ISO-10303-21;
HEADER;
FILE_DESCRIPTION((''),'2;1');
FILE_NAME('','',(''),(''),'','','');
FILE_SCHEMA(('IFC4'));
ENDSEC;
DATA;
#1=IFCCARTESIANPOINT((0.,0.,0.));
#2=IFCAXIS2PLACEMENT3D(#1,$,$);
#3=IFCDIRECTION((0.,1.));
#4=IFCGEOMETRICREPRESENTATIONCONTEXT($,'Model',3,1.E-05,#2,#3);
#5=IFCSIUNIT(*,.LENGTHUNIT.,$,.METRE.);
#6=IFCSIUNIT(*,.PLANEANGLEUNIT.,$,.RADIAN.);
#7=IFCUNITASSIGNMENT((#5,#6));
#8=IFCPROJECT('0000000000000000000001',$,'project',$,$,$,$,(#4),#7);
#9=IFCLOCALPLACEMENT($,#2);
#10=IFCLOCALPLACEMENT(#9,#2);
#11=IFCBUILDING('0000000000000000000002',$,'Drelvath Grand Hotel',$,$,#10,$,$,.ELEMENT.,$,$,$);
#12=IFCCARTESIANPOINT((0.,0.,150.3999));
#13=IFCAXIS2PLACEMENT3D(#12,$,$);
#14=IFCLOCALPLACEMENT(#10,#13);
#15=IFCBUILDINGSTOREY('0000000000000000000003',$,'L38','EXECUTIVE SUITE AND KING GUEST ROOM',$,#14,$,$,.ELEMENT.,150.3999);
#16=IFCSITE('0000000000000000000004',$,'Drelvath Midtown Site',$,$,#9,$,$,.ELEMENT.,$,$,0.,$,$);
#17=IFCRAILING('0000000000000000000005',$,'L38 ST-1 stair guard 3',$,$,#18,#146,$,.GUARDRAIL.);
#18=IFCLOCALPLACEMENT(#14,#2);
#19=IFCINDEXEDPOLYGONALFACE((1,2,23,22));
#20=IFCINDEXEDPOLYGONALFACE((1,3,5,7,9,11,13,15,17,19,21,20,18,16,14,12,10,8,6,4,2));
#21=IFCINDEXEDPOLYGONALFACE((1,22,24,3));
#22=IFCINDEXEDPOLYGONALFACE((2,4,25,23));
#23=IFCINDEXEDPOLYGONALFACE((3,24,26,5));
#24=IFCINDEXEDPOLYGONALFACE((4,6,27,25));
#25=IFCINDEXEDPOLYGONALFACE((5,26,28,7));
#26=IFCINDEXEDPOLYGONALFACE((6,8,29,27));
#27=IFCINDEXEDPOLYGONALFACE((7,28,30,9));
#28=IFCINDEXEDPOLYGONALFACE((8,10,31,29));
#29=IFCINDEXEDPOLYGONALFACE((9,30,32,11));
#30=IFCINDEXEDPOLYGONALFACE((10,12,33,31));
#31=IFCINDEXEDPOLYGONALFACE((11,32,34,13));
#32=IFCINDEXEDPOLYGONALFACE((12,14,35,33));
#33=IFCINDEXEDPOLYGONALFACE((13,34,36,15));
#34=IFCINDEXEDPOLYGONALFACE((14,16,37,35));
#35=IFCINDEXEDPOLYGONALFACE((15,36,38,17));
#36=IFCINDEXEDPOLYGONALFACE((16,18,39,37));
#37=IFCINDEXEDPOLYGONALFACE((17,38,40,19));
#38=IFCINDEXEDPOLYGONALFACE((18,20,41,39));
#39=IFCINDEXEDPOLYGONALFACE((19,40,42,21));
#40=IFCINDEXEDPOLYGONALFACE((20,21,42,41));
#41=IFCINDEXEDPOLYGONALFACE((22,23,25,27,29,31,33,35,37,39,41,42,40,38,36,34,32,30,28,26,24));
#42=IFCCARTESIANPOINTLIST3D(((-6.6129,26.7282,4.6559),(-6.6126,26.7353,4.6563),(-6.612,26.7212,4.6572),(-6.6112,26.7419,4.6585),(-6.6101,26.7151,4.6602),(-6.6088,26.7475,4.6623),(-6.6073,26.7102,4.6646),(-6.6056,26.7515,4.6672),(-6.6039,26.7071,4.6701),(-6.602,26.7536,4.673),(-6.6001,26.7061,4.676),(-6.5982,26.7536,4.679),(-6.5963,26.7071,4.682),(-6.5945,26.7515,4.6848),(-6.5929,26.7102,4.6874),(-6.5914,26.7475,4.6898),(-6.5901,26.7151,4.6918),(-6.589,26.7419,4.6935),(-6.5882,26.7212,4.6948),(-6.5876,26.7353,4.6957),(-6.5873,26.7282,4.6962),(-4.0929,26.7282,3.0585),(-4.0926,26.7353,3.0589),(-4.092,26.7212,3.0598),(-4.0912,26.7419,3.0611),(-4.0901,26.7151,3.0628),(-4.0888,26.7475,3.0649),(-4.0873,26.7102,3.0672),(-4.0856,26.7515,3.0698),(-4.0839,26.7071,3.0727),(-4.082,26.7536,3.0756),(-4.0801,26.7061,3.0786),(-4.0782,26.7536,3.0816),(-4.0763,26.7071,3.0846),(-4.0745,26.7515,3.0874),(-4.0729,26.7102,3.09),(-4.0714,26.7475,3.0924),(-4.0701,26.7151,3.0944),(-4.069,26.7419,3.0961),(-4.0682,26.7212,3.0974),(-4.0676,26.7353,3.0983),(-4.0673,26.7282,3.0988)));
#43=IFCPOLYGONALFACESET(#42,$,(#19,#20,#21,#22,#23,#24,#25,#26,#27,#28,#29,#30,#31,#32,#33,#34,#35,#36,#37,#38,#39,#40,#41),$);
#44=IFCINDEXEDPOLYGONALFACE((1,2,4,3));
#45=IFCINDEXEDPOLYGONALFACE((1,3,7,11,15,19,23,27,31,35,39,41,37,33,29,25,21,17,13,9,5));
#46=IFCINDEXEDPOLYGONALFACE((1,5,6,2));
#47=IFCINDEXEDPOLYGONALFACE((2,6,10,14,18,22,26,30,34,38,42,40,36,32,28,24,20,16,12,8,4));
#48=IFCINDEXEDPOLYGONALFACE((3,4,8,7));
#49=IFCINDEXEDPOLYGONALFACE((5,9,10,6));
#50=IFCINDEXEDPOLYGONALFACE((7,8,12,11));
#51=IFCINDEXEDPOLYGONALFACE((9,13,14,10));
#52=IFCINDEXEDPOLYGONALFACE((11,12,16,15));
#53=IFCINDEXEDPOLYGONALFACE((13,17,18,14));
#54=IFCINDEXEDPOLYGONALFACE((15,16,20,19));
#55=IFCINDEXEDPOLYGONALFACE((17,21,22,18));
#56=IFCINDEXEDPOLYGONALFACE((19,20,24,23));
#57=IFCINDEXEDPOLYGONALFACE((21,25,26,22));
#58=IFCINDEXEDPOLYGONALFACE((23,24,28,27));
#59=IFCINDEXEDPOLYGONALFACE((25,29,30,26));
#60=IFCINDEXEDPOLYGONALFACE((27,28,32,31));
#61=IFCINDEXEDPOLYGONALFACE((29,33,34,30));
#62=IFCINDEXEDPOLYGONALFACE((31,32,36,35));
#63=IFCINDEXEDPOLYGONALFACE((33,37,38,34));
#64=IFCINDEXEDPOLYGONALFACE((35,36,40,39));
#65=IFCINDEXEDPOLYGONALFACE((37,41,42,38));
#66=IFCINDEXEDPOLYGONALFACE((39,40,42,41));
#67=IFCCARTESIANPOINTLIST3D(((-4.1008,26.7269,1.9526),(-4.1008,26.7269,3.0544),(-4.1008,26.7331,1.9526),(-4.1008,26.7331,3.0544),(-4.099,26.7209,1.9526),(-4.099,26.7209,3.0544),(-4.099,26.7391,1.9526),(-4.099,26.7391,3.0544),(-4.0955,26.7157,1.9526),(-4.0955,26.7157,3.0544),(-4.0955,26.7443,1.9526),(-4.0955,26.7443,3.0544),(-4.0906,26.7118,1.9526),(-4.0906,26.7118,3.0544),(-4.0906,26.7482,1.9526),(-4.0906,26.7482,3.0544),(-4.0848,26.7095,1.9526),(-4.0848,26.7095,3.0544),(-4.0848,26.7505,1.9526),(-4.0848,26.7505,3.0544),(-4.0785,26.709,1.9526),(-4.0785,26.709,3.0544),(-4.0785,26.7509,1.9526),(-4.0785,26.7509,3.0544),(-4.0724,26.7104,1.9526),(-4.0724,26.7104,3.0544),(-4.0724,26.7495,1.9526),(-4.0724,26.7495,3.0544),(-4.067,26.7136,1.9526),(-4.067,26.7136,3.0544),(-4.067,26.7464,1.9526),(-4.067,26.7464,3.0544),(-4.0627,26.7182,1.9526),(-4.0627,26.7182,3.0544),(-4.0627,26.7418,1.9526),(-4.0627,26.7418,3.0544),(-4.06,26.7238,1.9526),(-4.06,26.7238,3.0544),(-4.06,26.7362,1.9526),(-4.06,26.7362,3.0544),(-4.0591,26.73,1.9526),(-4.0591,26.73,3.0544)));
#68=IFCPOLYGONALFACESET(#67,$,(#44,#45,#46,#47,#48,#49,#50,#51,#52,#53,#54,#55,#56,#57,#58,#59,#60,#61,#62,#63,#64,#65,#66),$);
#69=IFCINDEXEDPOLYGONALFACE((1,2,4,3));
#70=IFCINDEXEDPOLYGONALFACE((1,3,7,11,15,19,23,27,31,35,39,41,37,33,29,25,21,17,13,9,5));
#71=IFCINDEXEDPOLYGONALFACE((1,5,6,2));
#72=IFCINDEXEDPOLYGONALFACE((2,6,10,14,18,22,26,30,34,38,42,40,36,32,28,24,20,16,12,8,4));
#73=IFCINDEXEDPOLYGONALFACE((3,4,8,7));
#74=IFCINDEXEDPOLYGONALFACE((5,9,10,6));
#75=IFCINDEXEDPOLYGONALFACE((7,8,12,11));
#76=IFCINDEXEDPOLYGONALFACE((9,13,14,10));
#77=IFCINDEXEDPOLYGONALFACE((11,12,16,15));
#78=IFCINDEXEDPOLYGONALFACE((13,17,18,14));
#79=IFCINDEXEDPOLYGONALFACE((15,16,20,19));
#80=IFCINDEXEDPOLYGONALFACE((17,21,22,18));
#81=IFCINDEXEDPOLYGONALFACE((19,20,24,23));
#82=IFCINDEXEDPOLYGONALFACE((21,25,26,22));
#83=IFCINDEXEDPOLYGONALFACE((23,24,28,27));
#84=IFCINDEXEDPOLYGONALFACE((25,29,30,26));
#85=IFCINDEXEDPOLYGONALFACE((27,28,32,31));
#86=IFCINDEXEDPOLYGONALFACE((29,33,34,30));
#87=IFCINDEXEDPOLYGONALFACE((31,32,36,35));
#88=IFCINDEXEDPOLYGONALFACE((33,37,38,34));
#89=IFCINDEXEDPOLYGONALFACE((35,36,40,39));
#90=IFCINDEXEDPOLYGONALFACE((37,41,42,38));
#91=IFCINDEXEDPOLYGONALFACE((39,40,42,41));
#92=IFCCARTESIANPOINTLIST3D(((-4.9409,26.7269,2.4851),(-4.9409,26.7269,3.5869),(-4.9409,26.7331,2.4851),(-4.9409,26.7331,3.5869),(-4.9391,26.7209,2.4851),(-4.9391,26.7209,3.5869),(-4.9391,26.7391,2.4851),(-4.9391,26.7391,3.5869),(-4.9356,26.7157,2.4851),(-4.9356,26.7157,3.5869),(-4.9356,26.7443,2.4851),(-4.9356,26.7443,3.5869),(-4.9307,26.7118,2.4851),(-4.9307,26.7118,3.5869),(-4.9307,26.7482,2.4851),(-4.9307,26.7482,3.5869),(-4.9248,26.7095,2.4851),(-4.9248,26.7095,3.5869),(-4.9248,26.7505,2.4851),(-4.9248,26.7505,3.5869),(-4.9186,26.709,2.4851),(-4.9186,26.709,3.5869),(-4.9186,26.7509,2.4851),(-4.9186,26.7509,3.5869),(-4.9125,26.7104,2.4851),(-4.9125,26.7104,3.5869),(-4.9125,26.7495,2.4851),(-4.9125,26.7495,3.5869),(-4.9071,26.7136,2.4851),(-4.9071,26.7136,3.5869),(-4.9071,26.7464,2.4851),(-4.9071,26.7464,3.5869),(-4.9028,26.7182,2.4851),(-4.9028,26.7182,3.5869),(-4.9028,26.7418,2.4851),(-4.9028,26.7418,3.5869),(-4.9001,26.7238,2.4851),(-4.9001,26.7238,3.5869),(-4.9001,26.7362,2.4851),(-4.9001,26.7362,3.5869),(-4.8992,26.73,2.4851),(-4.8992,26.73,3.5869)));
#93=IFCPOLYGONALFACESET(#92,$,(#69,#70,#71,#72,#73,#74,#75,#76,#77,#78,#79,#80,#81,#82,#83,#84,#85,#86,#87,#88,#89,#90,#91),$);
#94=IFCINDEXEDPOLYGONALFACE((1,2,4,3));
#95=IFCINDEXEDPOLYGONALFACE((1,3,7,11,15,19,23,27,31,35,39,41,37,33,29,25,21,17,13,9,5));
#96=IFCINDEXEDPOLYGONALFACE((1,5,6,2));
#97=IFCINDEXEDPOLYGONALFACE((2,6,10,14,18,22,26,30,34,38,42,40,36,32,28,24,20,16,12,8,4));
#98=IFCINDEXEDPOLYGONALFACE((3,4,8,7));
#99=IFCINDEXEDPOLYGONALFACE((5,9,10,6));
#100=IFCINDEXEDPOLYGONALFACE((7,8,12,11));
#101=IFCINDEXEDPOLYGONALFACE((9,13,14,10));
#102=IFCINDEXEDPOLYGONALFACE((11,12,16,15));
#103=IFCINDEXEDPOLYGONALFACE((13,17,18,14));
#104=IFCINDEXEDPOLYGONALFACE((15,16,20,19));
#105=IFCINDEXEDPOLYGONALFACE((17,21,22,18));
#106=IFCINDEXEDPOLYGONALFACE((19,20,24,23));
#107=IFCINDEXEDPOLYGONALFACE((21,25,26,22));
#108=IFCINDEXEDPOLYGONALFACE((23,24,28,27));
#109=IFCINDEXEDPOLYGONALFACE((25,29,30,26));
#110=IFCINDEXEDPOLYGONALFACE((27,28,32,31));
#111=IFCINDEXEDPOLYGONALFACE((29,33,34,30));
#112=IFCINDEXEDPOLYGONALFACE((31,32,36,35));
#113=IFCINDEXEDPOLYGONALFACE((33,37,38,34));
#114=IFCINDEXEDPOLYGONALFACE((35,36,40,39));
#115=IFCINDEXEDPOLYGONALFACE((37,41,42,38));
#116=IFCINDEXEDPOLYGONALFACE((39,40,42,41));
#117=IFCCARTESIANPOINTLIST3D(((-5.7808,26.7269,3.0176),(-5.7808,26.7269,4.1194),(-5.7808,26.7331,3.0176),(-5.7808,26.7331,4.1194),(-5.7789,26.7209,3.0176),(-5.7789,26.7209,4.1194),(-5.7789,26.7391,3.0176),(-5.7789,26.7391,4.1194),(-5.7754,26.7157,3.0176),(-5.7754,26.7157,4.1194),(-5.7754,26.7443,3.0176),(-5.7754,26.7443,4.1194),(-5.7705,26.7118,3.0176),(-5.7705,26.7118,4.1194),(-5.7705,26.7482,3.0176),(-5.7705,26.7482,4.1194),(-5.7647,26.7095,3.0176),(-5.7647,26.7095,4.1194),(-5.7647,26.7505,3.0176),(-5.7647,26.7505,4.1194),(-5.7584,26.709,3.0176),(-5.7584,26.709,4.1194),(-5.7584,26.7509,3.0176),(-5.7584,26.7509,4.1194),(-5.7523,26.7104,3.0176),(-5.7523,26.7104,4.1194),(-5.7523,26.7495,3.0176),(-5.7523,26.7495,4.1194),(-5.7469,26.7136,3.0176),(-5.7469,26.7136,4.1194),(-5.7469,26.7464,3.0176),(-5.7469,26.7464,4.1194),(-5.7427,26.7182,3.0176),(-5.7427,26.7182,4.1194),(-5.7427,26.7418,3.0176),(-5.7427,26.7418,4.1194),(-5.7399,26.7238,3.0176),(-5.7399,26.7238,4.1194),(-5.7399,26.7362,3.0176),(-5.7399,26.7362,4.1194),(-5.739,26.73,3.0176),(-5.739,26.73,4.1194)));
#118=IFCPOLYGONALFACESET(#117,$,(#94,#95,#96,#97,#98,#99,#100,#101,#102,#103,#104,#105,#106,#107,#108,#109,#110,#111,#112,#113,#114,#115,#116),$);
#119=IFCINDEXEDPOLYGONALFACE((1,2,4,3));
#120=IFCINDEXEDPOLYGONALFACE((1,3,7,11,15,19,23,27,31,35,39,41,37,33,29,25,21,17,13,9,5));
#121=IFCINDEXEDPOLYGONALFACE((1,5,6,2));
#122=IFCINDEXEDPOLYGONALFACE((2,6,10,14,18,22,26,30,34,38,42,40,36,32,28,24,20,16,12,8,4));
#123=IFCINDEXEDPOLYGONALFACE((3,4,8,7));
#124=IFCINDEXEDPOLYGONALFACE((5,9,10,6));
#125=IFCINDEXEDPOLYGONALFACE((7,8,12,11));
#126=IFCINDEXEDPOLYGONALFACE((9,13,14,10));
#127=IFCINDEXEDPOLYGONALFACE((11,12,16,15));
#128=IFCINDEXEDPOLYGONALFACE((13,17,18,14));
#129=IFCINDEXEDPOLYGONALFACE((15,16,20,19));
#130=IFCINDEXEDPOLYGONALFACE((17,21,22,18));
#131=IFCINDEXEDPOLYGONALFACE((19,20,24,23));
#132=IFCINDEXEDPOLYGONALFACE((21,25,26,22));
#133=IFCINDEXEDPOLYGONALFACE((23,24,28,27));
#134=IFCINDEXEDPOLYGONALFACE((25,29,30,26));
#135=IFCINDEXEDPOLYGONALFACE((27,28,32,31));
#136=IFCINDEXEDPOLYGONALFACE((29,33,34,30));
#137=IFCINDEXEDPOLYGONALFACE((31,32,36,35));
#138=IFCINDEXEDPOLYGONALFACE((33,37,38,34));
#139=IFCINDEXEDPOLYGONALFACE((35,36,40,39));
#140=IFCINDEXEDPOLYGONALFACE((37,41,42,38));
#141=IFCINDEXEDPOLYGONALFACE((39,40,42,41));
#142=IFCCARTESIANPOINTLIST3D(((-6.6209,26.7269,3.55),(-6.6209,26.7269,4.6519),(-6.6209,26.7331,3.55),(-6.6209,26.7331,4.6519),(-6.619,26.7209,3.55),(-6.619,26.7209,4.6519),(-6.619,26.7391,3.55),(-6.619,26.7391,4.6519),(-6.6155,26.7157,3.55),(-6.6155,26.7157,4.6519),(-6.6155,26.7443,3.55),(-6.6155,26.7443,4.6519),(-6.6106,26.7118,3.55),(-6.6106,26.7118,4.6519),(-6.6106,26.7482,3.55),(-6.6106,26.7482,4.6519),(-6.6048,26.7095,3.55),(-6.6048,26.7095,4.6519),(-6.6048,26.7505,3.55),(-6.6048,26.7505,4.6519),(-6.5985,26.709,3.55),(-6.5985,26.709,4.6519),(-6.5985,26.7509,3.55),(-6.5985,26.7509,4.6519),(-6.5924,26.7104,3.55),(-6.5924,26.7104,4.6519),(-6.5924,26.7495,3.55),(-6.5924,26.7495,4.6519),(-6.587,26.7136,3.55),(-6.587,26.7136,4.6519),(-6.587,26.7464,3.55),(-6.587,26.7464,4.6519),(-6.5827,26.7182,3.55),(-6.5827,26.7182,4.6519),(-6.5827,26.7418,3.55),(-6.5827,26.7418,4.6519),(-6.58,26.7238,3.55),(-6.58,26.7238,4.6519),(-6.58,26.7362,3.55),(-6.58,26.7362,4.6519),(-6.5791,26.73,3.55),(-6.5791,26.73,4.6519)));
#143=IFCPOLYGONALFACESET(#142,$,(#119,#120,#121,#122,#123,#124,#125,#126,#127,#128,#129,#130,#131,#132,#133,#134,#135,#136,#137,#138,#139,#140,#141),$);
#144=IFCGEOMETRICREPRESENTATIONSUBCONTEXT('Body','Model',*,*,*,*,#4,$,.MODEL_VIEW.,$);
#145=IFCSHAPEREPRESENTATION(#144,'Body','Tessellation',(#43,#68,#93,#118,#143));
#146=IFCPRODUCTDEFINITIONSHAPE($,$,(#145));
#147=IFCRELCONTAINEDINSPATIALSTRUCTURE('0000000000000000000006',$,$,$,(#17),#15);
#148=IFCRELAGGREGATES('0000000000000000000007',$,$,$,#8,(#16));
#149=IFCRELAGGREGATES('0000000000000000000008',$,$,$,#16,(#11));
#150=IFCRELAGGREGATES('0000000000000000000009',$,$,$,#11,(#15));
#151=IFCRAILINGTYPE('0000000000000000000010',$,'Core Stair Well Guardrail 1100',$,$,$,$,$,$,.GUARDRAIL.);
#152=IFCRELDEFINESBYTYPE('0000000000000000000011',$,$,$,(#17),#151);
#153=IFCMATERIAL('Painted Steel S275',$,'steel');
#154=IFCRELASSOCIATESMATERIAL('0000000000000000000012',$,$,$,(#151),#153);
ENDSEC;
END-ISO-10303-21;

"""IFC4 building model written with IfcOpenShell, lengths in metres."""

from ifc_helpers import new_model, si_unit, direction, frame, origin, origin_2d, place, context, subcontext, project, spatial, circle, extrude, material, type_object, element, save


model = new_model("IFC4")

# Units and contexts
model_context = context("Model", 3, precision=1e-05, world=origin(), true_north=direction((0.0, 1.0)))
body_context = subcontext(model_context, "Body", "Model", "MODEL_VIEW")
ifc_project = project(units=[si_unit("LENGTHUNIT", "METRE"), si_unit("PLANEANGLEUNIT", "RADIAN")], contexts=[model_context])

# Site, building, storey
site_placement = place(None, origin())
site = spatial("IfcSite", under=ifc_project, at=site_placement, Name="Drelvath Midtown Site", CompositionType="ELEMENT", RefElevation=0.0)
building_placement = place(site_placement, origin())
building = spatial("IfcBuilding", under=site, at=building_placement, Name="Drelvath Grand Hotel", CompositionType="ELEMENT")
storey_placement = place(building_placement, frame((0.0, 0.0, 150.3999)))
storey = spatial("IfcBuildingStorey", under=building, at=storey_placement, Name="L38", Description="EXECUTIVE SUITE AND KING GUEST ROOM", CompositionType="ELEMENT", Elevation=150.3999)

# Shared definitions
ifc_material_1 = material(Name="Painted Steel S275", Category="steel")

# Railing
railing_type_1 = type_object("IfcRailingType", Name="Core Stair Well Guardrail 1100", PredefinedType="GUARDRAIL", material=ifc_material_1)
railing_1_placement = place(storey_placement, frame((-4.0801, 26.73, 1.9526)))
element("IfcRailing", 1, at=railing_1_placement, inside=storey, type_object=railing_type_1, Name="L38 ST-1 stair guard 3", PredefinedType="GUARDRAIL", context=body_context, shape_type="SweptSolid", body=[
    extrude(circle(Radius=0.0239, at=origin_2d()), frame((0.0, 0.0, 1.126), z_axis=(-0.844607, 0.0, 0.535387), x_axis=(0.0, -1.0, 0.0)), (0.0, 0.0, 1.0), 2.9836),
    extrude(circle(Radius=0.021, at=origin_2d()), origin(), (0.0, 0.0, 1.0), 1.1018),
    extrude(circle(Radius=0.021, at=origin_2d()), frame((-0.8401, 0.0, 0.5325)), (0.0, 0.0, 1.0), 1.1018),
    extrude(circle(Radius=0.021, at=origin_2d()), frame((-1.6799, 0.0, 1.0649)), (0.0, 0.0, 1.0), 1.1018),
    extrude(circle(Radius=0.021, at=origin_2d()), frame((-2.52, 0.0, 1.5974)), (0.0, 0.0, 1.0), 1.1018),
])

save(model, "model.ifc")
